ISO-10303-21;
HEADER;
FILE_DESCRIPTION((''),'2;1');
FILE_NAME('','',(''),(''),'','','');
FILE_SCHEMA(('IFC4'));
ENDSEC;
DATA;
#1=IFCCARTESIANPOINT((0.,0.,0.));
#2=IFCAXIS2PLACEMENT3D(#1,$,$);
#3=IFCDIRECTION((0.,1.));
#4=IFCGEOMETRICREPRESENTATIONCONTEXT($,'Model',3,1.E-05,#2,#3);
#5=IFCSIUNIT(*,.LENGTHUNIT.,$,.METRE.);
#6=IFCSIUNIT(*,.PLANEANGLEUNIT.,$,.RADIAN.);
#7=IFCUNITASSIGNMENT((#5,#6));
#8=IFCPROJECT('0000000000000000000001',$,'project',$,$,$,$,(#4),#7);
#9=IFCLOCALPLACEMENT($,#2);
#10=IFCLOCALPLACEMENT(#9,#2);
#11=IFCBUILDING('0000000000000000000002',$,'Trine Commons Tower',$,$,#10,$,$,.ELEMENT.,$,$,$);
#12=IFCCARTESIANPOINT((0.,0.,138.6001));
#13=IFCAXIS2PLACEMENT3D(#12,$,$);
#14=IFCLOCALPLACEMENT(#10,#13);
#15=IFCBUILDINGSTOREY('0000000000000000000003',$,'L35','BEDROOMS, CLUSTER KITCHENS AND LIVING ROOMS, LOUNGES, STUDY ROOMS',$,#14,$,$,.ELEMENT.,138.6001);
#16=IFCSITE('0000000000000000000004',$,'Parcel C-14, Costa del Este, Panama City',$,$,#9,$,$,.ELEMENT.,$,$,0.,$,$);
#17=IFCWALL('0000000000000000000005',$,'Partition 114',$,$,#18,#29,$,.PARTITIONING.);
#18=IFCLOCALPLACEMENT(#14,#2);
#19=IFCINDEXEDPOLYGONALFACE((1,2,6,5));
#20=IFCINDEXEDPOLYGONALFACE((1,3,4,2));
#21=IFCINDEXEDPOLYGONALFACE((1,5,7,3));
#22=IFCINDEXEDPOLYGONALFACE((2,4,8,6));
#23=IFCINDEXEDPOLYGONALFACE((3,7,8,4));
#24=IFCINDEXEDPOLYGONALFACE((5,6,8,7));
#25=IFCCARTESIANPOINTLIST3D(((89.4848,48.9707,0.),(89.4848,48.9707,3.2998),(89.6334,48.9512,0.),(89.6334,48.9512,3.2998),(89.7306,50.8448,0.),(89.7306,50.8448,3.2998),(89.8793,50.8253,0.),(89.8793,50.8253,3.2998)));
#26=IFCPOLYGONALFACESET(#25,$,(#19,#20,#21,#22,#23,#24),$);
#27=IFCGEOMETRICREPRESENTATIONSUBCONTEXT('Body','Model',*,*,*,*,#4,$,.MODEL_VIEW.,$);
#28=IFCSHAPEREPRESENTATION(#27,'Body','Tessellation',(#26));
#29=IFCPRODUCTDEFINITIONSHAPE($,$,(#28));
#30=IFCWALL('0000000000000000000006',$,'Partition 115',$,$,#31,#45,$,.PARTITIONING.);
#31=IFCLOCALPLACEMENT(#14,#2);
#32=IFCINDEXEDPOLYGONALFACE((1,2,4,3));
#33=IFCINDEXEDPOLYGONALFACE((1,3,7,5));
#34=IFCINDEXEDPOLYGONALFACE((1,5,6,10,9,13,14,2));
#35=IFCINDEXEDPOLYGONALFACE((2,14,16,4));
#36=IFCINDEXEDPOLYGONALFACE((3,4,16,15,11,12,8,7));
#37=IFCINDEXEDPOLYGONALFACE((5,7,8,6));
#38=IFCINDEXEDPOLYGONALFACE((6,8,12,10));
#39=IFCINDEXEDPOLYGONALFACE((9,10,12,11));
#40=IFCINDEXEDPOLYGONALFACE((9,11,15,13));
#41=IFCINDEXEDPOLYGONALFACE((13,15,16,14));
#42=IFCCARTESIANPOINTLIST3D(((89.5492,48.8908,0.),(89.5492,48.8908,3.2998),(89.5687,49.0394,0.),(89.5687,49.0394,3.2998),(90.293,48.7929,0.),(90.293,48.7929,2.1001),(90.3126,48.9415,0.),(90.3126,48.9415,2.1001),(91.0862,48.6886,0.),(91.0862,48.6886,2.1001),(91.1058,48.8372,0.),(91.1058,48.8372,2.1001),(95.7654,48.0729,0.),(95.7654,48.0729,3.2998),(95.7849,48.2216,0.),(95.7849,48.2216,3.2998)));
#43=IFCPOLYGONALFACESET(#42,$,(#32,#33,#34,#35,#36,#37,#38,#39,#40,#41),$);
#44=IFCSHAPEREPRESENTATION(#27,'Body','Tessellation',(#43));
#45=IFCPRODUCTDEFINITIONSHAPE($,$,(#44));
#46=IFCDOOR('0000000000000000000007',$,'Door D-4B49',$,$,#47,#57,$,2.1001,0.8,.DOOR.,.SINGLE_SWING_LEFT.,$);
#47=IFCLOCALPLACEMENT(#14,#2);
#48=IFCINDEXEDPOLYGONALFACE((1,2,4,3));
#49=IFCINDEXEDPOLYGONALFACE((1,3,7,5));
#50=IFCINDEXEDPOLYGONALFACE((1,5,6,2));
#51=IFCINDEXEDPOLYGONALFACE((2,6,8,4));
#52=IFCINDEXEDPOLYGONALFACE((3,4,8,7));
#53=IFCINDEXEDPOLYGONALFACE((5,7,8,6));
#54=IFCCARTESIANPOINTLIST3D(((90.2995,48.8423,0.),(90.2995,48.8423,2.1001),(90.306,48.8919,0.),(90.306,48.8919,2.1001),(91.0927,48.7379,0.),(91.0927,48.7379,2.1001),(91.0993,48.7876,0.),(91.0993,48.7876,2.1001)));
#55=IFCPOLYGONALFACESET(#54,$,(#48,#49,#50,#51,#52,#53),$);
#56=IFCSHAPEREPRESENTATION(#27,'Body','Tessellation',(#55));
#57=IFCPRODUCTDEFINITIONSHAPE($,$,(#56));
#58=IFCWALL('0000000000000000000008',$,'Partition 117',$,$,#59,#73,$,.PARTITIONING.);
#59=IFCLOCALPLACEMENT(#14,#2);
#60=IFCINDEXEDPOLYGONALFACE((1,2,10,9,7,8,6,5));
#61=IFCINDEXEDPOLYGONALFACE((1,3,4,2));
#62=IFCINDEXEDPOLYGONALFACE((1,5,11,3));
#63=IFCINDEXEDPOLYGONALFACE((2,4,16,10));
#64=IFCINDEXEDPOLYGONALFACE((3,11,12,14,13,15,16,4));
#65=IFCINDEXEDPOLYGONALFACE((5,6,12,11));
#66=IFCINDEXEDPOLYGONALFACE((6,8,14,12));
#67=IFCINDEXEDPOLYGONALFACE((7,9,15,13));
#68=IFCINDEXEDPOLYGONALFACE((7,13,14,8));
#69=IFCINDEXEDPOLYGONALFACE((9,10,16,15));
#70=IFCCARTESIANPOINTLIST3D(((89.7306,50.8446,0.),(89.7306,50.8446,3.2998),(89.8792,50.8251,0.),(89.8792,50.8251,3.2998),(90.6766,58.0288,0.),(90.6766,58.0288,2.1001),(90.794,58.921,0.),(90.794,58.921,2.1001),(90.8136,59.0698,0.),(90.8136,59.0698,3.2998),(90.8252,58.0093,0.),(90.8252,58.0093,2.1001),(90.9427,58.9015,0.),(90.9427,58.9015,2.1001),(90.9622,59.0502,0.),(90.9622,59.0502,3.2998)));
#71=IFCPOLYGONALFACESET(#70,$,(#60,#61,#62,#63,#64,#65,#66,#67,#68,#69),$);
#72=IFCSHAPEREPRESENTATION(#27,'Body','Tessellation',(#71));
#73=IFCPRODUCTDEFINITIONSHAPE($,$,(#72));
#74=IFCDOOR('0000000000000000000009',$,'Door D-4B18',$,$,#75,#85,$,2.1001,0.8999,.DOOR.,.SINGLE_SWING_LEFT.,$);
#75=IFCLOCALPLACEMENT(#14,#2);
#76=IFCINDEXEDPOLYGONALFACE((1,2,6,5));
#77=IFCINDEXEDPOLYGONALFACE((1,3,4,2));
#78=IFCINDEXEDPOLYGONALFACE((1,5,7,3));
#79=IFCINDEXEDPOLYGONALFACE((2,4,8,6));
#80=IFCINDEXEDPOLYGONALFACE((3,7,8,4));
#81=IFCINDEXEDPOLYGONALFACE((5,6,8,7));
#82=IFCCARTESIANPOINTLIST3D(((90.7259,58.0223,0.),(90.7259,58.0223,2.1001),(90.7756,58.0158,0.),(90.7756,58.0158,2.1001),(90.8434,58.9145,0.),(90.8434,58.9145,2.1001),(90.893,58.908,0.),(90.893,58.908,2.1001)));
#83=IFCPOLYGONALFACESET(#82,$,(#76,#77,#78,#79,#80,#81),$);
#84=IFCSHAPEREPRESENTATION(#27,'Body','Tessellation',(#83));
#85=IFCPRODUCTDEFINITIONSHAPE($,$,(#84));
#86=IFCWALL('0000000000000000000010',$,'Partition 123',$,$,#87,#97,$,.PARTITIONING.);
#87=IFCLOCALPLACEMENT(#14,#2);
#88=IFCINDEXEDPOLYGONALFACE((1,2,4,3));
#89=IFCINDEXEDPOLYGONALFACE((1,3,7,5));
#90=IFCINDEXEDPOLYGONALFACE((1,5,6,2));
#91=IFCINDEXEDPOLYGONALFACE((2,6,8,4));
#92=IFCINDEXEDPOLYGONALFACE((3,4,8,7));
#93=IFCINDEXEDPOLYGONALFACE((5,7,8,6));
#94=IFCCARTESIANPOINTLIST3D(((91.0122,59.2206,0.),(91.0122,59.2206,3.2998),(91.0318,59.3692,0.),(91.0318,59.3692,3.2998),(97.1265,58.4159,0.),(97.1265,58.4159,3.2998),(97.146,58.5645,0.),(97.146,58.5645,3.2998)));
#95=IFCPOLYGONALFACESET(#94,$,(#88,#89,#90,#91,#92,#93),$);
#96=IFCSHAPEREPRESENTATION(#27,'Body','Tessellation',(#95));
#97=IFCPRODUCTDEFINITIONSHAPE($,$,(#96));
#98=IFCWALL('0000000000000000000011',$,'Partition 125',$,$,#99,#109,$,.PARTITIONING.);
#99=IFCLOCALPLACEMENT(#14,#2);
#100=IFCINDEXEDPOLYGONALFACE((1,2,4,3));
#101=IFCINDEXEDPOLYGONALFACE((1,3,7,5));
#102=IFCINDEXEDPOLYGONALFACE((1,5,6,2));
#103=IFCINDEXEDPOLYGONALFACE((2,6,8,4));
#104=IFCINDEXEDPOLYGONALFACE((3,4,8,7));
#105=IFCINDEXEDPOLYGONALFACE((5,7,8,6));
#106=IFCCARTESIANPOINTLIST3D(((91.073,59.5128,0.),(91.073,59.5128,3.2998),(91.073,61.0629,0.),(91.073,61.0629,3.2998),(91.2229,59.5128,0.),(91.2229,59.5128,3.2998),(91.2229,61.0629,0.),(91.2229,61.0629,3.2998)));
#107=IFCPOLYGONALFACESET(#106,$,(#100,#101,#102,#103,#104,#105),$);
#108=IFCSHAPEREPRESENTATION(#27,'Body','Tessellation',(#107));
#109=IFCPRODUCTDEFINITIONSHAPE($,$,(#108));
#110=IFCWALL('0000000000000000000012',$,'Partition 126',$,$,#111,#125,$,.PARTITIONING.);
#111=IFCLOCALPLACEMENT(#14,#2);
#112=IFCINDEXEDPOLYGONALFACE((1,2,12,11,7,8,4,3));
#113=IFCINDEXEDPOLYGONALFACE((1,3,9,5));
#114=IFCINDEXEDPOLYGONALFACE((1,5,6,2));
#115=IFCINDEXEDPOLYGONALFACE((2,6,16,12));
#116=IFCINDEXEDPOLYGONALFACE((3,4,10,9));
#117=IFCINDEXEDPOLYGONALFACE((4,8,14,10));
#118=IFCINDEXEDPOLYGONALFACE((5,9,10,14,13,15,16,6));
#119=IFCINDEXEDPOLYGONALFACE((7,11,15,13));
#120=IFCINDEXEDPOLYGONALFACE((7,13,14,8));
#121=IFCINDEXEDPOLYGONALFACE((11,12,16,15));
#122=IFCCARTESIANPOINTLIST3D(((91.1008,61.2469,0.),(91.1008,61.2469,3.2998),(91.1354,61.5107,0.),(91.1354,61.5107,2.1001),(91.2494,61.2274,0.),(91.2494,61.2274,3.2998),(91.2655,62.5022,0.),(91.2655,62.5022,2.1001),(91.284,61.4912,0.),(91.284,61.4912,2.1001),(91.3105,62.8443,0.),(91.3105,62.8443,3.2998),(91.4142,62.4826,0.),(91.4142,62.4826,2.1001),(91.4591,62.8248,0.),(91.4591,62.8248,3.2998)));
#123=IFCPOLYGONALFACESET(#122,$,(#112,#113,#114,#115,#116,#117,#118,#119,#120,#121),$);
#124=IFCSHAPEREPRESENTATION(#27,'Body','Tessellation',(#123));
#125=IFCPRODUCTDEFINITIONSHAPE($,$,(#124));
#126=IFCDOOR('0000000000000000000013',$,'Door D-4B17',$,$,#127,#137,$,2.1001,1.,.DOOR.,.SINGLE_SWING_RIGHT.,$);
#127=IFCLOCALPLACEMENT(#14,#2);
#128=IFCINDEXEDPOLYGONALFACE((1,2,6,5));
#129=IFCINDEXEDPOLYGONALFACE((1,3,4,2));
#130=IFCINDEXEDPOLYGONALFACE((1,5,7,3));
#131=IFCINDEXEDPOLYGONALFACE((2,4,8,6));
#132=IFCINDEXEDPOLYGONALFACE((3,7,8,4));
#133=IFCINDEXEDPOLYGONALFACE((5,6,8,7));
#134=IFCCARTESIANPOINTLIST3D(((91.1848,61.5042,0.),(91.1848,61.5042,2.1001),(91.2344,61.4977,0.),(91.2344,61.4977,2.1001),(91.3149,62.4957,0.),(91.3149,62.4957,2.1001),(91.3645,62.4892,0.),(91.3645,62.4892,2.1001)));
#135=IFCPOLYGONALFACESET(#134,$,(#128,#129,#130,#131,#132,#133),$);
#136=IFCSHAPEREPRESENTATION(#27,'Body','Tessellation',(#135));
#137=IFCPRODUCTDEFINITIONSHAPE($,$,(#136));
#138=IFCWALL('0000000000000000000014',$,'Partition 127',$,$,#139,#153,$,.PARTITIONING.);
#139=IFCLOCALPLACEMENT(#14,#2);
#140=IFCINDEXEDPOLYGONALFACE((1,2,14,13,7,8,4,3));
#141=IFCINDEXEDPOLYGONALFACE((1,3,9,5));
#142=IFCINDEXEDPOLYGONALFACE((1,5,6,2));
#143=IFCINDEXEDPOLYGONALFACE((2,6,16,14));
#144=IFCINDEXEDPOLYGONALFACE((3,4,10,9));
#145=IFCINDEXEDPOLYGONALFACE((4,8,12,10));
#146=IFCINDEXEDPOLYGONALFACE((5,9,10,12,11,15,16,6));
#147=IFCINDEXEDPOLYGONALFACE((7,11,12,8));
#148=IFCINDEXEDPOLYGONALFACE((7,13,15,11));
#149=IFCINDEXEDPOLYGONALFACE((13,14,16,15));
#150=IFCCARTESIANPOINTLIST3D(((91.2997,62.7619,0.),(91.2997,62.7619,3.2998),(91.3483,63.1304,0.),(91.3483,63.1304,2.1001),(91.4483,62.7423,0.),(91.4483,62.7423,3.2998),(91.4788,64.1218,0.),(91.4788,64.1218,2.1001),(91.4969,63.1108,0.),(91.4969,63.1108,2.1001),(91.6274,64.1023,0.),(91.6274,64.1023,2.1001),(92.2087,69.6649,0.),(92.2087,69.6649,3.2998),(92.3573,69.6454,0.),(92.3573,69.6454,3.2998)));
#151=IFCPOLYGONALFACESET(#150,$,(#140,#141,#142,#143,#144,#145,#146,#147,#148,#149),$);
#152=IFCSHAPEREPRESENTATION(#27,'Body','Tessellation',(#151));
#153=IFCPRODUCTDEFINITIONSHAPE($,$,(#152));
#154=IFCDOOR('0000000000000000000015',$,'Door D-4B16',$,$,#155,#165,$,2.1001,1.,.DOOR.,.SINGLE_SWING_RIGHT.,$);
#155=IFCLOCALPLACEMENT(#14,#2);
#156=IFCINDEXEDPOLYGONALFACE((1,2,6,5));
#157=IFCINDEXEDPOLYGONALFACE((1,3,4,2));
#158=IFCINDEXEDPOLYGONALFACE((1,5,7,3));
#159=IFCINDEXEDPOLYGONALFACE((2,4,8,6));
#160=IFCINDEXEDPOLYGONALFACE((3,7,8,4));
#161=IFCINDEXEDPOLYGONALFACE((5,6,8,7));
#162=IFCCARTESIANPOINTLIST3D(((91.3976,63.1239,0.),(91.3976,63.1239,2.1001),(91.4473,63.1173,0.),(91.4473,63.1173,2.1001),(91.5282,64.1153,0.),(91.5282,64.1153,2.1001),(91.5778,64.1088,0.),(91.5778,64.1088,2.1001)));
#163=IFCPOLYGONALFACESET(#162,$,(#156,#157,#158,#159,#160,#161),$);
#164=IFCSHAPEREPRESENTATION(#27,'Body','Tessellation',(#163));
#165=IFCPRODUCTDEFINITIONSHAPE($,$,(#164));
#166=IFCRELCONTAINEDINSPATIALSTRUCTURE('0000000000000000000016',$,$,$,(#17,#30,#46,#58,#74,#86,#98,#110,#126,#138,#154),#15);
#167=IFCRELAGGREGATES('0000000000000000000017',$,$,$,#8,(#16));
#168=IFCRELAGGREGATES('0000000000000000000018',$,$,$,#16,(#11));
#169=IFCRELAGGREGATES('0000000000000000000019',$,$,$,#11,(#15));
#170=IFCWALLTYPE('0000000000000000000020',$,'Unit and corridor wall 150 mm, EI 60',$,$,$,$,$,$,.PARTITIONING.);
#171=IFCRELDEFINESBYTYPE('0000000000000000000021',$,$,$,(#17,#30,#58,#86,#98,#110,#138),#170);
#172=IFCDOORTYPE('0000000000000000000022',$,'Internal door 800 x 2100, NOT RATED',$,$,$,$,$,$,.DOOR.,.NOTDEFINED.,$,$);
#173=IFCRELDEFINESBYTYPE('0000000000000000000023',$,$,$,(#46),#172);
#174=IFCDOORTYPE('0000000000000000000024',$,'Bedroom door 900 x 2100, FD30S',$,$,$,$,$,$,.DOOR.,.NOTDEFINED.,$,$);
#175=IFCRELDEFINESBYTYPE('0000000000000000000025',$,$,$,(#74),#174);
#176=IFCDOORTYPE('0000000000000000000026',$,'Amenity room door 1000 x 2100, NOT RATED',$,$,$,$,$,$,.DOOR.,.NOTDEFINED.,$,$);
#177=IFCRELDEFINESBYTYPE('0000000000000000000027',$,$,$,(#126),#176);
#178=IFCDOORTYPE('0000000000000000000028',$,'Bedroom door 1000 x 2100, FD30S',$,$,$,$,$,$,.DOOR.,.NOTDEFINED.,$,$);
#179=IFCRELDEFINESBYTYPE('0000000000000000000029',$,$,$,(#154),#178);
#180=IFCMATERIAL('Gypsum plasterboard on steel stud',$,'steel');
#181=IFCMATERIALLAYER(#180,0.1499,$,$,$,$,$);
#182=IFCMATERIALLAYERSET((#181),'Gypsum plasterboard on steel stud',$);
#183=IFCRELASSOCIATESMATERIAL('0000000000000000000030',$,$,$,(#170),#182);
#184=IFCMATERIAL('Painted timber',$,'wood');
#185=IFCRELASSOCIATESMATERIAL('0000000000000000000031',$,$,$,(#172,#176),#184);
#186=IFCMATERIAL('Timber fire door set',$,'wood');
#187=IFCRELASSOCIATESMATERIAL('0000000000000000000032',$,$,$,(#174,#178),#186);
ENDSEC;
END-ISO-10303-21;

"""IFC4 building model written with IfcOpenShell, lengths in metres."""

from ifc_helpers import new_model, si_unit, direction, frame, frame_2d, origin, place, context, subcontext, project, spatial, rectangle, extrude, material, layer, layer_set, type_object, element, fill, save


model = new_model("IFC4")

# Units and contexts
model_context = context("Model", 3, precision=1e-05, world=origin(), true_north=direction((0.0, 1.0)))
body_context = subcontext(model_context, "Body", "Model", "MODEL_VIEW")
ifc_project = project(units=[si_unit("LENGTHUNIT", "METRE"), si_unit("PLANEANGLEUNIT", "RADIAN")], contexts=[model_context])

# Site, building, storey
site_placement = place(None, origin())
site = spatial("IfcSite", under=ifc_project, at=site_placement, Name="Parcel C-14, Costa del Este, Panama City", CompositionType="ELEMENT", RefElevation=0.0)
building_placement = place(site_placement, origin())
building = spatial("IfcBuilding", under=site, at=building_placement, Name="Trine Commons Tower", CompositionType="ELEMENT")
storey_placement = place(building_placement, frame((0.0, 0.0, 138.6001)))
storey = spatial("IfcBuildingStorey", under=building, at=storey_placement, Name="L35", Description="BEDROOMS, CLUSTER KITCHENS AND LIVING ROOMS, LOUNGES, STUDY ROOMS", CompositionType="ELEMENT", Elevation=138.6001)

# Wall
ifc_material_1 = material(Name="Gypsum plasterboard on steel stud", Category="steel")
ifc_layer_1 = layer(ifc_material_1, 0.1499)
ifc_layer_set_1 = layer_set([ifc_layer_1], Name="Gypsum plasterboard on steel stud")
wall_type_1 = type_object("IfcWallType", Name="Unit and corridor wall 150 mm, EI 60", PredefinedType="PARTITIONING", material=ifc_layer_set_1)
wall_1_placement = place(storey_placement, frame((89.5591, 48.9609, 0.0), z_axis=(0.0, 0.0, 1.0), x_axis=(0.130074, 0.991504, 0.0)))
element("IfcWall", 1, at=wall_1_placement, inside=storey, type_object=wall_type_1, Name="Partition 114", PredefinedType="PARTITIONING", context=body_context, shape_type="SweptSolid", body=[
    extrude(rectangle(XDim=1.8901, YDim=0.1499, at=frame_2d((0.9451, 0.0))), origin(), (0.0, 0.0, 1.0), 3.2998),
])

# Walls, openings, doors
wall_2_placement = place(storey_placement, frame((89.5591, 48.9651, 0.0), z_axis=(0.0, 0.0, 1.0), x_axis=(0.991456, -0.130444, 0.0)))
wall_2 = element("IfcWall", 2, at=wall_2_placement, inside=storey, type_object=wall_type_1, Name="Partition 115", PredefinedType="PARTITIONING", context=body_context, shape_type="SweptSolid", body=[
    extrude(rectangle(XDim=6.2698, YDim=0.1499, at=frame_2d((3.1348, 0.0))), origin(), (0.0, 0.0, 1.0), 3.2998),
])
opening_1_placement = place(wall_2_placement, frame((0.7502, 0.0, 0.0)))
opening_1 = element("IfcOpeningElement", 3, at=opening_1_placement, cuts=wall_2, PredefinedType="OPENING", context=body_context, shape_type="SweptSolid", body=[
    extrude(rectangle(XDim=0.8, YDim=2.1001, at=frame_2d((0.3999, 1.05))), frame((0.0, 0.085, 0.0), z_axis=(0.0, -1.0, 0.0), x_axis=(1.0, 0.0, 0.0)), (0.0, 0.0, 1.0), 0.1699),
])
ifc_material_2 = material(Name="Painted timber", Category="wood")
door_type_1 = type_object("IfcDoorType", Name="Internal door 800 x 2100, NOT RATED", OperationType="NOTDEFINED", PredefinedType="DOOR", material=ifc_material_2)
door_1_placement = place(opening_1_placement, origin())
door_1 = element("IfcDoor", 4, at=door_1_placement, inside=storey, type_object=door_type_1, Name="Door D-4B49", OperationType="SINGLE_SWING_LEFT", OverallHeight=2.1001, OverallWidth=0.8, PredefinedType="DOOR", context=body_context, shape_type="SweptSolid", body=[
    extrude(rectangle(XDim=0.8, YDim=2.1001, at=frame_2d((0.3999, 1.05))), frame((0.0, 0.0249, 0.0), z_axis=(0.0, -1.0, 0.0), x_axis=(1.0, 0.0, 0.0)), (0.0, 0.0, 1.0), 0.05),
])
fill(opening_1, door_1)
wall_3_placement = place(storey_placement, frame((89.8049, 50.835, 0.0), z_axis=(0.0, 0.0, 1.0), x_axis=(0.130544, 0.991442, 0.0)))
wall_3 = element("IfcWall", 5, at=wall_3_placement, inside=storey, type_object=wall_type_1, Name="Partition 117", PredefinedType="PARTITIONING", context=body_context, shape_type="SweptSolid", body=[
    extrude(rectangle(XDim=8.2961, YDim=0.1499, at=frame_2d((4.1479, 0.0))), origin(), (0.0, 0.0, 1.0), 3.2998),
])
opening_2_placement = place(wall_3_placement, frame((7.2461, 0.0, 0.0)))
opening_2 = element("IfcOpeningElement", 6, at=opening_2_placement, cuts=wall_3, PredefinedType="OPENING", context=body_context, shape_type="SweptSolid", body=[
    extrude(rectangle(XDim=0.8999, YDim=2.1001, at=frame_2d((0.45, 1.05))), frame((0.0, 0.085, 0.0), z_axis=(0.0, -1.0, 0.0), x_axis=(1.0, 0.0, 0.0)), (0.0, 0.0, 1.0), 0.1699),
])
ifc_material_3 = material(Name="Timber fire door set", Category="wood")
door_type_2 = type_object("IfcDoorType", Name="Bedroom door 900 x 2100, FD30S", OperationType="NOTDEFINED", PredefinedType="DOOR", material=ifc_material_3)
door_2_placement = place(opening_2_placement, frame((0.8999, 0.0, 0.0), z_axis=(0.0, 0.0, 1.0), x_axis=(-1.0, 0.0, 0.0)))
door_2 = element("IfcDoor", 7, at=door_2_placement, inside=storey, type_object=door_type_2, Name="Door D-4B18", OperationType="SINGLE_SWING_LEFT", OverallHeight=2.1001, OverallWidth=0.8999, PredefinedType="DOOR", context=body_context, shape_type="SweptSolid", body=[
    extrude(rectangle(XDim=0.8999, YDim=2.1001, at=frame_2d((0.45, 1.05))), frame((0.0, 0.0249, 0.0), z_axis=(0.0, -1.0, 0.0), x_axis=(1.0, 0.0, 0.0)), (0.0, 0.0, 1.0), 0.05),
])
fill(opening_2, door_2)

# Walls
wall_4_placement = place(storey_placement, frame((91.022, 59.2949, 0.0), z_axis=(0.0, 0.0, 1.0), x_axis=(0.991451, -0.130483, 0.0)))
element("IfcWall", 8, at=wall_4_placement, inside=storey, type_object=wall_type_1, Name="Partition 123", PredefinedType="PARTITIONING", context=body_context, shape_type="SweptSolid", body=[
    extrude(rectangle(XDim=6.167, YDim=0.1499, at=frame_2d((3.0835, 0.0))), origin(), (0.0, 0.0, 1.0), 3.2998),
])
wall_5_placement = place(storey_placement, frame((91.1479, 59.5129, 0.0), z_axis=(0.0, 0.0, 1.0), x_axis=(0.0, 1.0, 0.0)))
element("IfcWall", 9, at=wall_5_placement, inside=storey, type_object=wall_type_1, Name="Partition 125", PredefinedType="PARTITIONING", context=body_context, shape_type="SweptSolid", body=[
    extrude(rectangle(XDim=1.55, YDim=0.1499, at=frame_2d((0.7749, 0.0))), origin(), (0.0, 0.0, 1.0), 3.2998),
])

# Walls, openings, doors
wall_6_placement = place(storey_placement, frame((91.175, 61.2371, 0.0), z_axis=(0.0, 0.0, 1.0), x_axis=(0.130168, 0.991492, 0.0)))
wall_6 = element("IfcWall", 10, at=wall_6_placement, inside=storey, type_object=wall_type_1, Name="Partition 126", PredefinedType="PARTITIONING", context=body_context, shape_type="SweptSolid", body=[
    extrude(rectangle(XDim=1.6111, YDim=0.1499, at=frame_2d((0.8057, 0.0))), origin(), (0.0, 0.0, 1.0), 3.2998),
])
opening_3_placement = place(wall_6_placement, frame((0.2661, 0.0, 0.0)))
opening_3 = element("IfcOpeningElement", 11, at=opening_3_placement, cuts=wall_6, PredefinedType="OPENING", context=body_context, shape_type="SweptSolid", body=[
    extrude(rectangle(XDim=1.0, YDim=2.1001, at=frame_2d((0.5, 1.05))), frame((0.0, 0.085, 0.0), z_axis=(0.0, -1.0, 0.0), x_axis=(1.0, 0.0, 0.0)), (0.0, 0.0, 1.0), 0.1699),
])
door_type_3 = type_object("IfcDoorType", Name="Amenity room door 1000 x 2100, NOT RATED", OperationType="NOTDEFINED", PredefinedType="DOOR", material=ifc_material_2)
door_3_placement = place(opening_3_placement, frame((1.0, 0.0, 0.0), z_axis=(0.0, 0.0, 1.0), x_axis=(-1.0, 0.0, 0.0)))
door_3 = element("IfcDoor", 12, at=door_3_placement, inside=storey, type_object=door_type_3, Name="Door D-4B17", OperationType="SINGLE_SWING_RIGHT", OverallHeight=2.1001, OverallWidth=1.0, PredefinedType="DOOR", context=body_context, shape_type="SweptSolid", body=[
    extrude(rectangle(XDim=1.0, YDim=2.1001, at=frame_2d((0.5, 1.05))), frame((0.0, 0.0249, 0.0), z_axis=(0.0, -1.0, 0.0), x_axis=(1.0, 0.0, 0.0)), (0.0, 0.0, 1.0), 0.05),
])
fill(opening_3, door_3)
wall_7_placement = place(storey_placement, frame((91.374, 62.752, 0.0), z_axis=(0.0, 0.0, 1.0), x_axis=(0.130544, 0.991442, 0.0)))
wall_7 = element("IfcWall", 13, at=wall_7_placement, inside=storey, type_object=wall_type_1, Name="Partition 127", PredefinedType="PARTITIONING", context=body_context, shape_type="SweptSolid", body=[
    extrude(rectangle(XDim=6.9626, YDim=0.1499, at=frame_2d((3.4814, 0.0))), origin(), (0.0, 0.0, 1.0), 3.2998),
])
opening_4_placement = place(wall_7_placement, frame((0.3718, 0.0, 0.0)))
opening_4 = element("IfcOpeningElement", 14, at=opening_4_placement, cuts=wall_7, PredefinedType="OPENING", context=body_context, shape_type="SweptSolid", body=[
    extrude(rectangle(XDim=1.0, YDim=2.1001, at=frame_2d((0.5, 1.05))), frame((0.0, 0.085, 0.0), z_axis=(0.0, -1.0, 0.0), x_axis=(1.0, 0.0, 0.0)), (0.0, 0.0, 1.0), 0.1699),
])
door_type_4 = type_object("IfcDoorType", Name="Bedroom door 1000 x 2100, FD30S", OperationType="NOTDEFINED", PredefinedType="DOOR", material=ifc_material_3)
door_4_placement = place(opening_4_placement, frame((1.0, 0.0, 0.0), z_axis=(0.0, 0.0, 1.0), x_axis=(-1.0, 0.0, 0.0)))
door_4 = element("IfcDoor", 15, at=door_4_placement, inside=storey, type_object=door_type_4, Name="Door D-4B16", OperationType="SINGLE_SWING_RIGHT", OverallHeight=2.1001, OverallWidth=1.0, PredefinedType="DOOR", context=body_context, shape_type="SweptSolid", body=[
    extrude(rectangle(XDim=1.0, YDim=2.1001, at=frame_2d((0.5, 1.05))), frame((0.0, 0.0249, 0.0), z_axis=(0.0, -1.0, 0.0), x_axis=(1.0, 0.0, 0.0)), (0.0, 0.0, 1.0), 0.05),
])
fill(opening_4, door_4)

save(model, "model.ifc")
